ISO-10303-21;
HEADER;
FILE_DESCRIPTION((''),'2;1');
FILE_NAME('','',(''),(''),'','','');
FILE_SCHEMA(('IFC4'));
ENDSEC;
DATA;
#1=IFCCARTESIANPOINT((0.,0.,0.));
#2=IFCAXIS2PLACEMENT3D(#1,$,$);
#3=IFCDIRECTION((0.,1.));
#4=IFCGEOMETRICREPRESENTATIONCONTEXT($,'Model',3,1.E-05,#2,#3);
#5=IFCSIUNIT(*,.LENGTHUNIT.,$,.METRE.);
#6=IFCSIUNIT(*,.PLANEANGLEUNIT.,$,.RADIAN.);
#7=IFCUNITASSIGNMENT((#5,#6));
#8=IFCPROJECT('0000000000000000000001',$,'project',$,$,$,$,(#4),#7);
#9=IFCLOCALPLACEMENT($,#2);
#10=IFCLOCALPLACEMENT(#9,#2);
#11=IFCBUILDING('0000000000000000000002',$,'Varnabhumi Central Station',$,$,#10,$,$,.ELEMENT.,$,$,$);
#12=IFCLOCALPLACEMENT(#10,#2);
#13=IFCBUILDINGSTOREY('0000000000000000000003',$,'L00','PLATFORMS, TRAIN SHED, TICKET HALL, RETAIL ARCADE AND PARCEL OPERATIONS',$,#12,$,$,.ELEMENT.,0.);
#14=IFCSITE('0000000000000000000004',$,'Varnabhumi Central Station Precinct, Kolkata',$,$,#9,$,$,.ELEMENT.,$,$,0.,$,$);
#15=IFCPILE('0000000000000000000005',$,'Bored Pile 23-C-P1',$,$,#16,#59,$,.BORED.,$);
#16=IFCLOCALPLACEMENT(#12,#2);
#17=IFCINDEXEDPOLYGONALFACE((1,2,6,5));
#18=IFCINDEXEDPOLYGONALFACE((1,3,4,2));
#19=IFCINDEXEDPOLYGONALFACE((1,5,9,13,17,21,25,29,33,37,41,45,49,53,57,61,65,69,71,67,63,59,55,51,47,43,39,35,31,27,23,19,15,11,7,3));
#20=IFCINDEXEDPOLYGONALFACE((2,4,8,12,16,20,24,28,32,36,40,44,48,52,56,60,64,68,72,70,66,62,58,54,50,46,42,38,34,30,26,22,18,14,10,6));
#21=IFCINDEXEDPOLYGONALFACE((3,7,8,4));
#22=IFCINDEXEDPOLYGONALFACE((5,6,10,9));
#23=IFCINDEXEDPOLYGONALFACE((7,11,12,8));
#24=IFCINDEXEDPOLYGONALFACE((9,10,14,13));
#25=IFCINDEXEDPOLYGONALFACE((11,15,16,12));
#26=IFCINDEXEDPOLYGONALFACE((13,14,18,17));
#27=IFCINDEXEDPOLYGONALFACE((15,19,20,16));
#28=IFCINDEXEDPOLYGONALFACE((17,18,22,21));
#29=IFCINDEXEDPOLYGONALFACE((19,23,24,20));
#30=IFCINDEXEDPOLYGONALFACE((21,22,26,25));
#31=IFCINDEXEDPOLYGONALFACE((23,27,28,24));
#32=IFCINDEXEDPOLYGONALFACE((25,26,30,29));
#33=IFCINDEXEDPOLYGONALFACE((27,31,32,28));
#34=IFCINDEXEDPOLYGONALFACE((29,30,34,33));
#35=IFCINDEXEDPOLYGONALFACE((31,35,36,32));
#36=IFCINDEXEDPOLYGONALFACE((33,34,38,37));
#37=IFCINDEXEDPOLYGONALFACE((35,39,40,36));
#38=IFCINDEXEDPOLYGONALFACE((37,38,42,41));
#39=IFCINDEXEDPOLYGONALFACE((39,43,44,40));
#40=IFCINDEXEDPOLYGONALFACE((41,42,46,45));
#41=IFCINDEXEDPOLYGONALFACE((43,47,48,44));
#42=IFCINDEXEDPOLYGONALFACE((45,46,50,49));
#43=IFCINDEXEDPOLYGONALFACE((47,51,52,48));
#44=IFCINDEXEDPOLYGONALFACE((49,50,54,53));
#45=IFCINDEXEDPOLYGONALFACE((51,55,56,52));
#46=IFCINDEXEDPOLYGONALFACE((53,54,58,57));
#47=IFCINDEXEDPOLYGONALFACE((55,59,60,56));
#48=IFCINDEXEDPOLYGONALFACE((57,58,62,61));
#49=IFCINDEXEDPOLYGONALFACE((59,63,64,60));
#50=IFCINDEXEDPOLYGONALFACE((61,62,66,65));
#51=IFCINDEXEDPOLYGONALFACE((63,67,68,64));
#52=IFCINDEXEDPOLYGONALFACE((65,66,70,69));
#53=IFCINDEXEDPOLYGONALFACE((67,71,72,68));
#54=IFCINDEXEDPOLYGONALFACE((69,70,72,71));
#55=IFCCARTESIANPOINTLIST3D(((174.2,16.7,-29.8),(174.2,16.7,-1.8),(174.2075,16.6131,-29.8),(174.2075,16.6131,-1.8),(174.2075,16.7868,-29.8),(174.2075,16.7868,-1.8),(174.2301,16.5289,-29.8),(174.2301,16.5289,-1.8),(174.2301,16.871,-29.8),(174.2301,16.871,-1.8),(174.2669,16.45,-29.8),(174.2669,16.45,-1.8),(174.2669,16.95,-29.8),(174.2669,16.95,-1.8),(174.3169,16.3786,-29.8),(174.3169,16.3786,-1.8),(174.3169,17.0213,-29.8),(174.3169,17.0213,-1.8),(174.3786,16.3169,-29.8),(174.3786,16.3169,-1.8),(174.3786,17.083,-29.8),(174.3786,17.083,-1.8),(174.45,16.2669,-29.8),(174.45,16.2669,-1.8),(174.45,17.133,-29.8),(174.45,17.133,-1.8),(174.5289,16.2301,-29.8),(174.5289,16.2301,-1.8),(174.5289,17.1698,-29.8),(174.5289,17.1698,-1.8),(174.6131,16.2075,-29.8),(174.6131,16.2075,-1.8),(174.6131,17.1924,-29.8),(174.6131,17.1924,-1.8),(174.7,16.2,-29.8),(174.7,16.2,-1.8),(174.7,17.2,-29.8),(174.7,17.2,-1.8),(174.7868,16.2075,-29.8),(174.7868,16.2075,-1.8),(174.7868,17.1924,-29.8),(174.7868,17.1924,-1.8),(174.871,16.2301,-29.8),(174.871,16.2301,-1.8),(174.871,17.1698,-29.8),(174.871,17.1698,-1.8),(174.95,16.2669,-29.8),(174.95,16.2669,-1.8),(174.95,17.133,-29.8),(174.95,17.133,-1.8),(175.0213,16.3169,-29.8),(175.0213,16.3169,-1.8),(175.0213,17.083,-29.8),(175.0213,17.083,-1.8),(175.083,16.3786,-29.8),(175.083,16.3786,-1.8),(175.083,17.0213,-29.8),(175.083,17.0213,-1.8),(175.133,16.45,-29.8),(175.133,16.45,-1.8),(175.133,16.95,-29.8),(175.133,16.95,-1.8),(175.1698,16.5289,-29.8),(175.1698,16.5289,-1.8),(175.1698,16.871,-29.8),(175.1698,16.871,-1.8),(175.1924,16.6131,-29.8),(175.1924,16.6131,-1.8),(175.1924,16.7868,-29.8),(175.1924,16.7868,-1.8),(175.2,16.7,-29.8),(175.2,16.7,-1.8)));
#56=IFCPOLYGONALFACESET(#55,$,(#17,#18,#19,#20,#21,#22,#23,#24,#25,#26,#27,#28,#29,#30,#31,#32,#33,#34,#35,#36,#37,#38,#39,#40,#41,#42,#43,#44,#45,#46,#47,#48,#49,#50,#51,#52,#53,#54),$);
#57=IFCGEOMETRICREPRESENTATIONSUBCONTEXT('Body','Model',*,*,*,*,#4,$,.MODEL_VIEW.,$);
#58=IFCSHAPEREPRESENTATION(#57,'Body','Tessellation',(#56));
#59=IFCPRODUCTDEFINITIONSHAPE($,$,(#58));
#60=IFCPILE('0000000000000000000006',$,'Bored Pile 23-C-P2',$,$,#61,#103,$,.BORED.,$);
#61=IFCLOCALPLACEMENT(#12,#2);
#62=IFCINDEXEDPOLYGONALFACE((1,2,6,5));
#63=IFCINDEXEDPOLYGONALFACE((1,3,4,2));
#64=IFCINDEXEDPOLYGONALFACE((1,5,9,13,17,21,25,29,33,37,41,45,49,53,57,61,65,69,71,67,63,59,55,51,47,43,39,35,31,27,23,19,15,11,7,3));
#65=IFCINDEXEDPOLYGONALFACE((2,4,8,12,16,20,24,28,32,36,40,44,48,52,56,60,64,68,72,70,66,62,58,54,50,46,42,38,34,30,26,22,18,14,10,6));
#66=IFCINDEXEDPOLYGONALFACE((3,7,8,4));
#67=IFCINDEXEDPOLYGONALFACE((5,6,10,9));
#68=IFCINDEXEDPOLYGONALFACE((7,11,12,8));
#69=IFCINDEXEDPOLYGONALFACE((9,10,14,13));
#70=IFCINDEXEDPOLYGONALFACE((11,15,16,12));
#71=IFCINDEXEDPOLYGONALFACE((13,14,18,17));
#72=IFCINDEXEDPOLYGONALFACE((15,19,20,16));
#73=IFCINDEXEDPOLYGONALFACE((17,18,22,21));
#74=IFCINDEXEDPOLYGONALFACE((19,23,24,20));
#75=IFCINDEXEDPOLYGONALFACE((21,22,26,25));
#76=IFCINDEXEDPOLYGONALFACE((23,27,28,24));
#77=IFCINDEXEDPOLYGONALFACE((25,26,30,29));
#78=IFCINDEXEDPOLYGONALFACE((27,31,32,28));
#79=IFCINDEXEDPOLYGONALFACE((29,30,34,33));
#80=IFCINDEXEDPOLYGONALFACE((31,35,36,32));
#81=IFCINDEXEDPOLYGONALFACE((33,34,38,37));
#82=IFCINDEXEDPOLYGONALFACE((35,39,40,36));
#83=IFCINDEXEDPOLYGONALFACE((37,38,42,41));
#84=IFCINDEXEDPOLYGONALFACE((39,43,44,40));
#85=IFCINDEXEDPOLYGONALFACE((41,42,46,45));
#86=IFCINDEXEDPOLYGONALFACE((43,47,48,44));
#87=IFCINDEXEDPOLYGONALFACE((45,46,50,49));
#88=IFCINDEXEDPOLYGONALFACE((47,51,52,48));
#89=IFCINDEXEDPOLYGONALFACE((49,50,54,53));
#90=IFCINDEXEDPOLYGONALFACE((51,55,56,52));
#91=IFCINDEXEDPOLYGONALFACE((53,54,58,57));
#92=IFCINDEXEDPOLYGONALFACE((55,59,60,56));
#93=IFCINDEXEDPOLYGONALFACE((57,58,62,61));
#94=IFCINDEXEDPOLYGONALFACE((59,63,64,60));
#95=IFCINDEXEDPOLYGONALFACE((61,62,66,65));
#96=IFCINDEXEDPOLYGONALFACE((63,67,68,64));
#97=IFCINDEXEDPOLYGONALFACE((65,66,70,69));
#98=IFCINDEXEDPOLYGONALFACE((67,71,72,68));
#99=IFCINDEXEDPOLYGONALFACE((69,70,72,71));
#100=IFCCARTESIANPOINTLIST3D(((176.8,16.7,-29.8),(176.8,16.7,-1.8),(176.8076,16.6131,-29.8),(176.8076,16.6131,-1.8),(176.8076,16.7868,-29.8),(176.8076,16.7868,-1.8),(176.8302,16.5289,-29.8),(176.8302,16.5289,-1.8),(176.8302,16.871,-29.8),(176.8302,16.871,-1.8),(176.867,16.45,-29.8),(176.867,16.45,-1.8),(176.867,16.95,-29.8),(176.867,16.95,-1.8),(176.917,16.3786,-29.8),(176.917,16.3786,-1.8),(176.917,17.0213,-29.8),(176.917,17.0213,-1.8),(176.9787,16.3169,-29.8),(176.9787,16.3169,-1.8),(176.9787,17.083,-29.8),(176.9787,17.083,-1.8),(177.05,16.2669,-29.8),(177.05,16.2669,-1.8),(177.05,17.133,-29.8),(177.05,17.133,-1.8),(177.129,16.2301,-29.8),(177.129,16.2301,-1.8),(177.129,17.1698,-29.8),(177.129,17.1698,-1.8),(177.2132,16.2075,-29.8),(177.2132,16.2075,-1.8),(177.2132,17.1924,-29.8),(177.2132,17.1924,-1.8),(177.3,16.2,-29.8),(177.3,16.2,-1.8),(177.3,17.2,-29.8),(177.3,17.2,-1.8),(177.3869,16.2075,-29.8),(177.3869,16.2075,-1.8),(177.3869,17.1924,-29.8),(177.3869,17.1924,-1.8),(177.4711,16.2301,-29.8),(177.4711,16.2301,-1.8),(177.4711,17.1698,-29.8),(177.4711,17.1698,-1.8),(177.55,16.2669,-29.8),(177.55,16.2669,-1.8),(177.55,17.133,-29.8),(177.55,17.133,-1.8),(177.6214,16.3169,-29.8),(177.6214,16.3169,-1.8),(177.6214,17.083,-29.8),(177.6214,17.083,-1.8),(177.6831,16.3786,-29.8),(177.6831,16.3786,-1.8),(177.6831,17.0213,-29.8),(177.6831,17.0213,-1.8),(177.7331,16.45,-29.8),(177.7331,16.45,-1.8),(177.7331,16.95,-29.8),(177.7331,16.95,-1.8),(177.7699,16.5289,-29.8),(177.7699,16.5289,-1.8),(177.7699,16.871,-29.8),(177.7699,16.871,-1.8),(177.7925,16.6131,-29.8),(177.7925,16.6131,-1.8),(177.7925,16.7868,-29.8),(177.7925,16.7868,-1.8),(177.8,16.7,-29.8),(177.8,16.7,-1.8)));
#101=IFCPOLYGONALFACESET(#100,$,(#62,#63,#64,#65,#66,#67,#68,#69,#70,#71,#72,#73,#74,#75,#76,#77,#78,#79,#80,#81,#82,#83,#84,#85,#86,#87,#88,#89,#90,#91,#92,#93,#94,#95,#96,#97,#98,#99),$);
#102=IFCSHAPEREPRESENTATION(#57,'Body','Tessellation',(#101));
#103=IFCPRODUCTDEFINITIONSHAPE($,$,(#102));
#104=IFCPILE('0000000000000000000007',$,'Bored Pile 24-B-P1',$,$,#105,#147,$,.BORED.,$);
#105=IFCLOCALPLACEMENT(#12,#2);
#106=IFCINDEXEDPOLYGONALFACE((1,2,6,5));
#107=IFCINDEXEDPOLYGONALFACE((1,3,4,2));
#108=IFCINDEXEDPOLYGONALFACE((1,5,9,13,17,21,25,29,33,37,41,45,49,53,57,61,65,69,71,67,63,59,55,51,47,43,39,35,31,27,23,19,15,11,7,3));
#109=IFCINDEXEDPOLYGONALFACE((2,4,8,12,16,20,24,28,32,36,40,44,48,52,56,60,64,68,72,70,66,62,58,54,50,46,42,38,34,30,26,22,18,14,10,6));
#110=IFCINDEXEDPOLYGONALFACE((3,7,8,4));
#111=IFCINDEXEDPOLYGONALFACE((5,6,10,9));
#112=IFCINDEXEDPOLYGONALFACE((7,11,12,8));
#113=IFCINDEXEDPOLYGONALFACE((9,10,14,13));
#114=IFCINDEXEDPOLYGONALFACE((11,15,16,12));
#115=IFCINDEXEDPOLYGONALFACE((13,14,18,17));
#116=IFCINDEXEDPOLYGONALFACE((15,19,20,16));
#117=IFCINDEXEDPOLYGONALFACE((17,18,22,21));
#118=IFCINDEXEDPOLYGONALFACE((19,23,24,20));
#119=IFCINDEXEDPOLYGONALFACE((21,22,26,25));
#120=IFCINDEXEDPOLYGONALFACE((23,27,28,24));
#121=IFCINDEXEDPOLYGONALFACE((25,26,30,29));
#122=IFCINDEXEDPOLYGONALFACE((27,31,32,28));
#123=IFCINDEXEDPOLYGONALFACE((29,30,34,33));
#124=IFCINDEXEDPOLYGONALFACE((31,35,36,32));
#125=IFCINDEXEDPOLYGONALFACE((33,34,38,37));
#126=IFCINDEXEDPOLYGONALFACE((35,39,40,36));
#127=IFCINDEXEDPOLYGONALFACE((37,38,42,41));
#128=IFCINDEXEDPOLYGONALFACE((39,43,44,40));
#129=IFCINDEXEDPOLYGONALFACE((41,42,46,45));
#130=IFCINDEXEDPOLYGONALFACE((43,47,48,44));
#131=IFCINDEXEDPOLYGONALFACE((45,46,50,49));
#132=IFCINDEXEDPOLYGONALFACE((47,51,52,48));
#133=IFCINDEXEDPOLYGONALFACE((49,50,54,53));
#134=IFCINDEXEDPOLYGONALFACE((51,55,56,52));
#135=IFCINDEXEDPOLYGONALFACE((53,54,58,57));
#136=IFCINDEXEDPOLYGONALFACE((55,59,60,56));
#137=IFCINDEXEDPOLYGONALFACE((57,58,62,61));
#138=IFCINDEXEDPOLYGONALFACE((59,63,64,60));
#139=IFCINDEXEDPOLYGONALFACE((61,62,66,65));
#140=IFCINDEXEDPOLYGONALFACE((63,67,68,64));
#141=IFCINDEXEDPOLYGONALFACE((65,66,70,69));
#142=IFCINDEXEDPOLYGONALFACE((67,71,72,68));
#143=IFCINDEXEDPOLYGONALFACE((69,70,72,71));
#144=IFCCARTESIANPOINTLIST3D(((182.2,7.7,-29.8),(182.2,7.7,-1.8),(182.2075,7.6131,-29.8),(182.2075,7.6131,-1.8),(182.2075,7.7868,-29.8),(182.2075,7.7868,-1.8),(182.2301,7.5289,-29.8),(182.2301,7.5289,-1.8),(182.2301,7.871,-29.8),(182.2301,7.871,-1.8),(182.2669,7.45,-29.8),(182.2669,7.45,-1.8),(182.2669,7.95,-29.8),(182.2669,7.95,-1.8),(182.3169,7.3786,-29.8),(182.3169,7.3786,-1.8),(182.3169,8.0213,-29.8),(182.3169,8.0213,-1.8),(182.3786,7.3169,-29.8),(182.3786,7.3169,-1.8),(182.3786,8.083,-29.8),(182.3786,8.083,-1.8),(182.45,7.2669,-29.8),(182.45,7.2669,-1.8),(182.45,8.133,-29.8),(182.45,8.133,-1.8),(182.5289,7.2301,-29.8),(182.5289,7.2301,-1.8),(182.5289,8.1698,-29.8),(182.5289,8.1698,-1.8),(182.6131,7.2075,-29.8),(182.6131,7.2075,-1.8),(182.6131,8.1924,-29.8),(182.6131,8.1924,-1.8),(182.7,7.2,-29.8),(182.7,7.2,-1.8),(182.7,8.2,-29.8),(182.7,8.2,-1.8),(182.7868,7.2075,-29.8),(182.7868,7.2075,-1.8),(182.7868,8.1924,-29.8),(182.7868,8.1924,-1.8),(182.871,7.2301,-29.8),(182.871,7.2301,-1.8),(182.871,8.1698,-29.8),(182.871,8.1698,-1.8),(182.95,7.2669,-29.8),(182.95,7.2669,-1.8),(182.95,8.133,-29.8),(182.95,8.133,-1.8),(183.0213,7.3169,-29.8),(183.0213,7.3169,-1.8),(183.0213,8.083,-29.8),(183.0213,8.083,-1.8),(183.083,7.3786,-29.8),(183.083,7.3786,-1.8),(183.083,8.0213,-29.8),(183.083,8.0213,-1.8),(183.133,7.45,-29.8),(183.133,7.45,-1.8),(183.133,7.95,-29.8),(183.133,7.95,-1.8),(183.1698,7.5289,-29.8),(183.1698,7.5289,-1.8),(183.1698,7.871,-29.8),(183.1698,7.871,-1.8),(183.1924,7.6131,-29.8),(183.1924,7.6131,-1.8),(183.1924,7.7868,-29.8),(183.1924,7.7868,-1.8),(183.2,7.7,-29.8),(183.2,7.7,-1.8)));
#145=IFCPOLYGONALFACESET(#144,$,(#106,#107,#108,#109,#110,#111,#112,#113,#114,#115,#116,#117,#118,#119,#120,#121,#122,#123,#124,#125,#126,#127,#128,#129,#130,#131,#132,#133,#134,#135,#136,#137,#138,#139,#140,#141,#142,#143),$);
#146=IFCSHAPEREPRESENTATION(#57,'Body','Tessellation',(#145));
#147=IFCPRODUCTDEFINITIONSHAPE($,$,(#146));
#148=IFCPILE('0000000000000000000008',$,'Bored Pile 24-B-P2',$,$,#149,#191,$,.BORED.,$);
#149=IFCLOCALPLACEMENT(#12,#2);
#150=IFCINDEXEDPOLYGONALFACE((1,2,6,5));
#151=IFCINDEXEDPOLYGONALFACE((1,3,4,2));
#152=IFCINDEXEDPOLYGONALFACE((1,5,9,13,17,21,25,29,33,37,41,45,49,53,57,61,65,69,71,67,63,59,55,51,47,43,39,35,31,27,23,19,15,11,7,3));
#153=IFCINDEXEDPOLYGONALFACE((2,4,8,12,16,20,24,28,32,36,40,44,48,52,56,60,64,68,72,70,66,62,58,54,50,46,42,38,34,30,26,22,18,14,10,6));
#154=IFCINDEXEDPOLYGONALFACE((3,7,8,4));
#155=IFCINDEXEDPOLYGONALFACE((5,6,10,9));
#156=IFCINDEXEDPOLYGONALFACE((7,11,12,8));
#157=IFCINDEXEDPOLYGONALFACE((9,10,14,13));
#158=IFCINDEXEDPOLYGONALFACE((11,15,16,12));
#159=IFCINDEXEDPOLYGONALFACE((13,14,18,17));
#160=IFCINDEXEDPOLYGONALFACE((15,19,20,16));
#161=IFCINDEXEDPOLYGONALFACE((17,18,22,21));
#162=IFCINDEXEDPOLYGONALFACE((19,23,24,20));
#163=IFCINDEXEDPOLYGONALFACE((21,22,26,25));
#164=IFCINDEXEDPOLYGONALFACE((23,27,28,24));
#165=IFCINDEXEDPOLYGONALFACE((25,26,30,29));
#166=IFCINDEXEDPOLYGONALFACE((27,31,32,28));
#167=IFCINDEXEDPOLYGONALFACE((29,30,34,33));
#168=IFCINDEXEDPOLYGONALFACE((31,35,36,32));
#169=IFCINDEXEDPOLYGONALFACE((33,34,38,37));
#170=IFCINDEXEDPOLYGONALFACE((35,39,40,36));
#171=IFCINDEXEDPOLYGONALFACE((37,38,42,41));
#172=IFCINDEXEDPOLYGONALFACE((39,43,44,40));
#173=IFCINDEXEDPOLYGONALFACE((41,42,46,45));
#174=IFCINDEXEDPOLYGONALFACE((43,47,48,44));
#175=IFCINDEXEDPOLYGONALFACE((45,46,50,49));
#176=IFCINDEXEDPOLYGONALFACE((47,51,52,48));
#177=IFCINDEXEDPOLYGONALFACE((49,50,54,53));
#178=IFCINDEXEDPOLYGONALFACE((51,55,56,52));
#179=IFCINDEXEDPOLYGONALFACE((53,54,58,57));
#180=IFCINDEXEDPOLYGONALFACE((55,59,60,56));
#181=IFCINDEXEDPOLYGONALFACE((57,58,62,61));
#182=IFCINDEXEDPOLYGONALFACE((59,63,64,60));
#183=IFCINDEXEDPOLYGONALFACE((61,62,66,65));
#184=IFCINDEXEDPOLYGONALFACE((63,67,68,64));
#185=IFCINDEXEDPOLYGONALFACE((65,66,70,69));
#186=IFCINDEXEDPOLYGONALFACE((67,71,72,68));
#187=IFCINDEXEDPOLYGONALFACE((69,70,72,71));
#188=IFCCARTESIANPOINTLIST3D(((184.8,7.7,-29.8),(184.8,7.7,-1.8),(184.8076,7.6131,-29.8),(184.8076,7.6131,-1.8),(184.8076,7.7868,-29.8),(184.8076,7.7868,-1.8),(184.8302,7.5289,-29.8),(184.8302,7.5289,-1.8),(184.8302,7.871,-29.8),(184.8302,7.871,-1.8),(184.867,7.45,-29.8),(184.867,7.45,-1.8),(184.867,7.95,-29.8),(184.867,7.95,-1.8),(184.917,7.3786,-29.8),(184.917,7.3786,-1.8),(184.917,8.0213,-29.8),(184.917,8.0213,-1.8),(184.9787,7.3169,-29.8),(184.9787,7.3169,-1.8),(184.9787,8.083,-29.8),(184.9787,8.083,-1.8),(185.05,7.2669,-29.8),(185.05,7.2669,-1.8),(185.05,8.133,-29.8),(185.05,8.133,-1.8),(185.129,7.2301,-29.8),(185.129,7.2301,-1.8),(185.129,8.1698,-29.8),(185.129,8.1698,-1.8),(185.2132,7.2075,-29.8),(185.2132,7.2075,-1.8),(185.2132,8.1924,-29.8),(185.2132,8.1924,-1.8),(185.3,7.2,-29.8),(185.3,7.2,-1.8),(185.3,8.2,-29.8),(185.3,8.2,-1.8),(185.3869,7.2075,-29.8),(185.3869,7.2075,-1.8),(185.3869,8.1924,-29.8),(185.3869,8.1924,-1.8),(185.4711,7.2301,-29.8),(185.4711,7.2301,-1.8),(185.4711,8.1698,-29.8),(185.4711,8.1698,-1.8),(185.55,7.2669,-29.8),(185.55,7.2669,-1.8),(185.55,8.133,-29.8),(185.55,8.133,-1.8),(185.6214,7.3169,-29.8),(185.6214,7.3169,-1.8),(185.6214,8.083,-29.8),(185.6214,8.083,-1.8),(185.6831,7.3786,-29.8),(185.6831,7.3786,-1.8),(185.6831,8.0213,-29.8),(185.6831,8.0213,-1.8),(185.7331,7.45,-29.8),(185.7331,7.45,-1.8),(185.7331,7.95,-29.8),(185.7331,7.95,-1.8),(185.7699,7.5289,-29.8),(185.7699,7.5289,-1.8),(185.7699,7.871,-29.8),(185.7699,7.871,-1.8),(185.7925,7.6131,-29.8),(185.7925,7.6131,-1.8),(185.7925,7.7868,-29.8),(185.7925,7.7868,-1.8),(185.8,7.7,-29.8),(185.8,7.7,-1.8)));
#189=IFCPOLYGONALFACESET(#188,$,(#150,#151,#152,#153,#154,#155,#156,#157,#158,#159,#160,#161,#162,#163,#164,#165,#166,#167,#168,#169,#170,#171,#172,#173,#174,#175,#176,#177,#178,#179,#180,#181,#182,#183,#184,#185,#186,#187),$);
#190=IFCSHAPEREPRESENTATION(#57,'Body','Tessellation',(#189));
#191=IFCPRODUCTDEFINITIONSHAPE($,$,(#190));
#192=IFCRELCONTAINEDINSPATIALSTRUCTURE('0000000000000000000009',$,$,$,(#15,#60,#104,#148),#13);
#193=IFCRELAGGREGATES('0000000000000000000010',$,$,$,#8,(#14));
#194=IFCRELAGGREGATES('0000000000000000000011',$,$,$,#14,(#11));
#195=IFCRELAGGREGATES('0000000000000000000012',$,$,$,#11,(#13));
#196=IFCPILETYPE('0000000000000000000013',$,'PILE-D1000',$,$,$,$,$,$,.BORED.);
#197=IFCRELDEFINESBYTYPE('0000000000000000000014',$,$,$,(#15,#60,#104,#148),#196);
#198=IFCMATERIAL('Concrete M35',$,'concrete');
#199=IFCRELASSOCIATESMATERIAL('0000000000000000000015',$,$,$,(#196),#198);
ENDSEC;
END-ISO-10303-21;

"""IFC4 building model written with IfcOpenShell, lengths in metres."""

from ifc_helpers import new_model, si_unit, direction, frame, origin, origin_2d, place, context, subcontext, project, spatial, circle, extrude, material, material_profile, profile_set, type_object, element, save


model = new_model("IFC4")

# Units and contexts
model_context = context("Model", 3, precision=1e-05, world=origin(), true_north=direction((0.0, 1.0)))
body_context = subcontext(model_context, "Body", "Model", "MODEL_VIEW")
ifc_project = project(units=[si_unit("LENGTHUNIT", "METRE"), si_unit("PLANEANGLEUNIT", "RADIAN")], contexts=[model_context])

# Site, building, storey
site_placement = place(None, origin())
site = spatial("IfcSite", under=ifc_project, at=site_placement, Name="Varnabhumi Central Station Precinct, Kolkata", CompositionType="ELEMENT", RefElevation=0.0)
building_placement = place(site_placement, origin())
building = spatial("IfcBuilding", under=site, at=building_placement, Name="Varnabhumi Central Station", CompositionType="ELEMENT")
storey_placement = place(building_placement, origin())
storey = spatial("IfcBuildingStorey", under=building, at=storey_placement, Name="L00", Description="PLATFORMS, TRAIN SHED, TICKET HALL, RETAIL ARCADE AND PARCEL OPERATIONS", CompositionType="ELEMENT", Elevation=0.0)

# Piles
ifc_material_1 = material(Name="Concrete M35", Category="concrete")
ifc_material_profile_1 = material_profile(ifc_material_1, circle(Radius=0.5, at=origin_2d()), Name="Concrete M35", Category="concrete")
ifc_profile_set_1 = profile_set([ifc_material_profile_1], Name="Concrete M35")
pile_type = type_object("IfcPileType", Name="PILE-D1000", PredefinedType="BORED", material=ifc_profile_set_1)
for number, where, z_axis, x_axis, name in (
    (1, (174.7, 16.7, -1.8), (0.0, 0.0, -1.0), (1.0, 0.0, 0.0), "Bored Pile 23-C-P1"),
    (2, (177.3, 16.7, -1.8), (0.0, 0.0, -1.0), (1.0, 0.0, 0.0), "Bored Pile 23-C-P2"),
    (3, (182.7, 7.7, -1.8), (0.0, 0.0, -1.0), (1.0, 0.0, 0.0), "Bored Pile 24-B-P1"),
    (4, (185.3, 7.7, -1.8), (0.0, 0.0, -1.0), (1.0, 0.0, 0.0), "Bored Pile 24-B-P2"),
):
    element("IfcPile", number, at=place(storey_placement, frame(where, z_axis=z_axis, x_axis=x_axis)), inside=storey, type_object=pile_type, Name=name, PredefinedType="BORED", context=body_context, shape_type="SweptSolid", body=[
        extrude(circle(Radius=0.5, at=origin_2d()), origin(), (0.0, 0.0, 1.0), 28.0),
    ])

save(model, "model.ifc")
